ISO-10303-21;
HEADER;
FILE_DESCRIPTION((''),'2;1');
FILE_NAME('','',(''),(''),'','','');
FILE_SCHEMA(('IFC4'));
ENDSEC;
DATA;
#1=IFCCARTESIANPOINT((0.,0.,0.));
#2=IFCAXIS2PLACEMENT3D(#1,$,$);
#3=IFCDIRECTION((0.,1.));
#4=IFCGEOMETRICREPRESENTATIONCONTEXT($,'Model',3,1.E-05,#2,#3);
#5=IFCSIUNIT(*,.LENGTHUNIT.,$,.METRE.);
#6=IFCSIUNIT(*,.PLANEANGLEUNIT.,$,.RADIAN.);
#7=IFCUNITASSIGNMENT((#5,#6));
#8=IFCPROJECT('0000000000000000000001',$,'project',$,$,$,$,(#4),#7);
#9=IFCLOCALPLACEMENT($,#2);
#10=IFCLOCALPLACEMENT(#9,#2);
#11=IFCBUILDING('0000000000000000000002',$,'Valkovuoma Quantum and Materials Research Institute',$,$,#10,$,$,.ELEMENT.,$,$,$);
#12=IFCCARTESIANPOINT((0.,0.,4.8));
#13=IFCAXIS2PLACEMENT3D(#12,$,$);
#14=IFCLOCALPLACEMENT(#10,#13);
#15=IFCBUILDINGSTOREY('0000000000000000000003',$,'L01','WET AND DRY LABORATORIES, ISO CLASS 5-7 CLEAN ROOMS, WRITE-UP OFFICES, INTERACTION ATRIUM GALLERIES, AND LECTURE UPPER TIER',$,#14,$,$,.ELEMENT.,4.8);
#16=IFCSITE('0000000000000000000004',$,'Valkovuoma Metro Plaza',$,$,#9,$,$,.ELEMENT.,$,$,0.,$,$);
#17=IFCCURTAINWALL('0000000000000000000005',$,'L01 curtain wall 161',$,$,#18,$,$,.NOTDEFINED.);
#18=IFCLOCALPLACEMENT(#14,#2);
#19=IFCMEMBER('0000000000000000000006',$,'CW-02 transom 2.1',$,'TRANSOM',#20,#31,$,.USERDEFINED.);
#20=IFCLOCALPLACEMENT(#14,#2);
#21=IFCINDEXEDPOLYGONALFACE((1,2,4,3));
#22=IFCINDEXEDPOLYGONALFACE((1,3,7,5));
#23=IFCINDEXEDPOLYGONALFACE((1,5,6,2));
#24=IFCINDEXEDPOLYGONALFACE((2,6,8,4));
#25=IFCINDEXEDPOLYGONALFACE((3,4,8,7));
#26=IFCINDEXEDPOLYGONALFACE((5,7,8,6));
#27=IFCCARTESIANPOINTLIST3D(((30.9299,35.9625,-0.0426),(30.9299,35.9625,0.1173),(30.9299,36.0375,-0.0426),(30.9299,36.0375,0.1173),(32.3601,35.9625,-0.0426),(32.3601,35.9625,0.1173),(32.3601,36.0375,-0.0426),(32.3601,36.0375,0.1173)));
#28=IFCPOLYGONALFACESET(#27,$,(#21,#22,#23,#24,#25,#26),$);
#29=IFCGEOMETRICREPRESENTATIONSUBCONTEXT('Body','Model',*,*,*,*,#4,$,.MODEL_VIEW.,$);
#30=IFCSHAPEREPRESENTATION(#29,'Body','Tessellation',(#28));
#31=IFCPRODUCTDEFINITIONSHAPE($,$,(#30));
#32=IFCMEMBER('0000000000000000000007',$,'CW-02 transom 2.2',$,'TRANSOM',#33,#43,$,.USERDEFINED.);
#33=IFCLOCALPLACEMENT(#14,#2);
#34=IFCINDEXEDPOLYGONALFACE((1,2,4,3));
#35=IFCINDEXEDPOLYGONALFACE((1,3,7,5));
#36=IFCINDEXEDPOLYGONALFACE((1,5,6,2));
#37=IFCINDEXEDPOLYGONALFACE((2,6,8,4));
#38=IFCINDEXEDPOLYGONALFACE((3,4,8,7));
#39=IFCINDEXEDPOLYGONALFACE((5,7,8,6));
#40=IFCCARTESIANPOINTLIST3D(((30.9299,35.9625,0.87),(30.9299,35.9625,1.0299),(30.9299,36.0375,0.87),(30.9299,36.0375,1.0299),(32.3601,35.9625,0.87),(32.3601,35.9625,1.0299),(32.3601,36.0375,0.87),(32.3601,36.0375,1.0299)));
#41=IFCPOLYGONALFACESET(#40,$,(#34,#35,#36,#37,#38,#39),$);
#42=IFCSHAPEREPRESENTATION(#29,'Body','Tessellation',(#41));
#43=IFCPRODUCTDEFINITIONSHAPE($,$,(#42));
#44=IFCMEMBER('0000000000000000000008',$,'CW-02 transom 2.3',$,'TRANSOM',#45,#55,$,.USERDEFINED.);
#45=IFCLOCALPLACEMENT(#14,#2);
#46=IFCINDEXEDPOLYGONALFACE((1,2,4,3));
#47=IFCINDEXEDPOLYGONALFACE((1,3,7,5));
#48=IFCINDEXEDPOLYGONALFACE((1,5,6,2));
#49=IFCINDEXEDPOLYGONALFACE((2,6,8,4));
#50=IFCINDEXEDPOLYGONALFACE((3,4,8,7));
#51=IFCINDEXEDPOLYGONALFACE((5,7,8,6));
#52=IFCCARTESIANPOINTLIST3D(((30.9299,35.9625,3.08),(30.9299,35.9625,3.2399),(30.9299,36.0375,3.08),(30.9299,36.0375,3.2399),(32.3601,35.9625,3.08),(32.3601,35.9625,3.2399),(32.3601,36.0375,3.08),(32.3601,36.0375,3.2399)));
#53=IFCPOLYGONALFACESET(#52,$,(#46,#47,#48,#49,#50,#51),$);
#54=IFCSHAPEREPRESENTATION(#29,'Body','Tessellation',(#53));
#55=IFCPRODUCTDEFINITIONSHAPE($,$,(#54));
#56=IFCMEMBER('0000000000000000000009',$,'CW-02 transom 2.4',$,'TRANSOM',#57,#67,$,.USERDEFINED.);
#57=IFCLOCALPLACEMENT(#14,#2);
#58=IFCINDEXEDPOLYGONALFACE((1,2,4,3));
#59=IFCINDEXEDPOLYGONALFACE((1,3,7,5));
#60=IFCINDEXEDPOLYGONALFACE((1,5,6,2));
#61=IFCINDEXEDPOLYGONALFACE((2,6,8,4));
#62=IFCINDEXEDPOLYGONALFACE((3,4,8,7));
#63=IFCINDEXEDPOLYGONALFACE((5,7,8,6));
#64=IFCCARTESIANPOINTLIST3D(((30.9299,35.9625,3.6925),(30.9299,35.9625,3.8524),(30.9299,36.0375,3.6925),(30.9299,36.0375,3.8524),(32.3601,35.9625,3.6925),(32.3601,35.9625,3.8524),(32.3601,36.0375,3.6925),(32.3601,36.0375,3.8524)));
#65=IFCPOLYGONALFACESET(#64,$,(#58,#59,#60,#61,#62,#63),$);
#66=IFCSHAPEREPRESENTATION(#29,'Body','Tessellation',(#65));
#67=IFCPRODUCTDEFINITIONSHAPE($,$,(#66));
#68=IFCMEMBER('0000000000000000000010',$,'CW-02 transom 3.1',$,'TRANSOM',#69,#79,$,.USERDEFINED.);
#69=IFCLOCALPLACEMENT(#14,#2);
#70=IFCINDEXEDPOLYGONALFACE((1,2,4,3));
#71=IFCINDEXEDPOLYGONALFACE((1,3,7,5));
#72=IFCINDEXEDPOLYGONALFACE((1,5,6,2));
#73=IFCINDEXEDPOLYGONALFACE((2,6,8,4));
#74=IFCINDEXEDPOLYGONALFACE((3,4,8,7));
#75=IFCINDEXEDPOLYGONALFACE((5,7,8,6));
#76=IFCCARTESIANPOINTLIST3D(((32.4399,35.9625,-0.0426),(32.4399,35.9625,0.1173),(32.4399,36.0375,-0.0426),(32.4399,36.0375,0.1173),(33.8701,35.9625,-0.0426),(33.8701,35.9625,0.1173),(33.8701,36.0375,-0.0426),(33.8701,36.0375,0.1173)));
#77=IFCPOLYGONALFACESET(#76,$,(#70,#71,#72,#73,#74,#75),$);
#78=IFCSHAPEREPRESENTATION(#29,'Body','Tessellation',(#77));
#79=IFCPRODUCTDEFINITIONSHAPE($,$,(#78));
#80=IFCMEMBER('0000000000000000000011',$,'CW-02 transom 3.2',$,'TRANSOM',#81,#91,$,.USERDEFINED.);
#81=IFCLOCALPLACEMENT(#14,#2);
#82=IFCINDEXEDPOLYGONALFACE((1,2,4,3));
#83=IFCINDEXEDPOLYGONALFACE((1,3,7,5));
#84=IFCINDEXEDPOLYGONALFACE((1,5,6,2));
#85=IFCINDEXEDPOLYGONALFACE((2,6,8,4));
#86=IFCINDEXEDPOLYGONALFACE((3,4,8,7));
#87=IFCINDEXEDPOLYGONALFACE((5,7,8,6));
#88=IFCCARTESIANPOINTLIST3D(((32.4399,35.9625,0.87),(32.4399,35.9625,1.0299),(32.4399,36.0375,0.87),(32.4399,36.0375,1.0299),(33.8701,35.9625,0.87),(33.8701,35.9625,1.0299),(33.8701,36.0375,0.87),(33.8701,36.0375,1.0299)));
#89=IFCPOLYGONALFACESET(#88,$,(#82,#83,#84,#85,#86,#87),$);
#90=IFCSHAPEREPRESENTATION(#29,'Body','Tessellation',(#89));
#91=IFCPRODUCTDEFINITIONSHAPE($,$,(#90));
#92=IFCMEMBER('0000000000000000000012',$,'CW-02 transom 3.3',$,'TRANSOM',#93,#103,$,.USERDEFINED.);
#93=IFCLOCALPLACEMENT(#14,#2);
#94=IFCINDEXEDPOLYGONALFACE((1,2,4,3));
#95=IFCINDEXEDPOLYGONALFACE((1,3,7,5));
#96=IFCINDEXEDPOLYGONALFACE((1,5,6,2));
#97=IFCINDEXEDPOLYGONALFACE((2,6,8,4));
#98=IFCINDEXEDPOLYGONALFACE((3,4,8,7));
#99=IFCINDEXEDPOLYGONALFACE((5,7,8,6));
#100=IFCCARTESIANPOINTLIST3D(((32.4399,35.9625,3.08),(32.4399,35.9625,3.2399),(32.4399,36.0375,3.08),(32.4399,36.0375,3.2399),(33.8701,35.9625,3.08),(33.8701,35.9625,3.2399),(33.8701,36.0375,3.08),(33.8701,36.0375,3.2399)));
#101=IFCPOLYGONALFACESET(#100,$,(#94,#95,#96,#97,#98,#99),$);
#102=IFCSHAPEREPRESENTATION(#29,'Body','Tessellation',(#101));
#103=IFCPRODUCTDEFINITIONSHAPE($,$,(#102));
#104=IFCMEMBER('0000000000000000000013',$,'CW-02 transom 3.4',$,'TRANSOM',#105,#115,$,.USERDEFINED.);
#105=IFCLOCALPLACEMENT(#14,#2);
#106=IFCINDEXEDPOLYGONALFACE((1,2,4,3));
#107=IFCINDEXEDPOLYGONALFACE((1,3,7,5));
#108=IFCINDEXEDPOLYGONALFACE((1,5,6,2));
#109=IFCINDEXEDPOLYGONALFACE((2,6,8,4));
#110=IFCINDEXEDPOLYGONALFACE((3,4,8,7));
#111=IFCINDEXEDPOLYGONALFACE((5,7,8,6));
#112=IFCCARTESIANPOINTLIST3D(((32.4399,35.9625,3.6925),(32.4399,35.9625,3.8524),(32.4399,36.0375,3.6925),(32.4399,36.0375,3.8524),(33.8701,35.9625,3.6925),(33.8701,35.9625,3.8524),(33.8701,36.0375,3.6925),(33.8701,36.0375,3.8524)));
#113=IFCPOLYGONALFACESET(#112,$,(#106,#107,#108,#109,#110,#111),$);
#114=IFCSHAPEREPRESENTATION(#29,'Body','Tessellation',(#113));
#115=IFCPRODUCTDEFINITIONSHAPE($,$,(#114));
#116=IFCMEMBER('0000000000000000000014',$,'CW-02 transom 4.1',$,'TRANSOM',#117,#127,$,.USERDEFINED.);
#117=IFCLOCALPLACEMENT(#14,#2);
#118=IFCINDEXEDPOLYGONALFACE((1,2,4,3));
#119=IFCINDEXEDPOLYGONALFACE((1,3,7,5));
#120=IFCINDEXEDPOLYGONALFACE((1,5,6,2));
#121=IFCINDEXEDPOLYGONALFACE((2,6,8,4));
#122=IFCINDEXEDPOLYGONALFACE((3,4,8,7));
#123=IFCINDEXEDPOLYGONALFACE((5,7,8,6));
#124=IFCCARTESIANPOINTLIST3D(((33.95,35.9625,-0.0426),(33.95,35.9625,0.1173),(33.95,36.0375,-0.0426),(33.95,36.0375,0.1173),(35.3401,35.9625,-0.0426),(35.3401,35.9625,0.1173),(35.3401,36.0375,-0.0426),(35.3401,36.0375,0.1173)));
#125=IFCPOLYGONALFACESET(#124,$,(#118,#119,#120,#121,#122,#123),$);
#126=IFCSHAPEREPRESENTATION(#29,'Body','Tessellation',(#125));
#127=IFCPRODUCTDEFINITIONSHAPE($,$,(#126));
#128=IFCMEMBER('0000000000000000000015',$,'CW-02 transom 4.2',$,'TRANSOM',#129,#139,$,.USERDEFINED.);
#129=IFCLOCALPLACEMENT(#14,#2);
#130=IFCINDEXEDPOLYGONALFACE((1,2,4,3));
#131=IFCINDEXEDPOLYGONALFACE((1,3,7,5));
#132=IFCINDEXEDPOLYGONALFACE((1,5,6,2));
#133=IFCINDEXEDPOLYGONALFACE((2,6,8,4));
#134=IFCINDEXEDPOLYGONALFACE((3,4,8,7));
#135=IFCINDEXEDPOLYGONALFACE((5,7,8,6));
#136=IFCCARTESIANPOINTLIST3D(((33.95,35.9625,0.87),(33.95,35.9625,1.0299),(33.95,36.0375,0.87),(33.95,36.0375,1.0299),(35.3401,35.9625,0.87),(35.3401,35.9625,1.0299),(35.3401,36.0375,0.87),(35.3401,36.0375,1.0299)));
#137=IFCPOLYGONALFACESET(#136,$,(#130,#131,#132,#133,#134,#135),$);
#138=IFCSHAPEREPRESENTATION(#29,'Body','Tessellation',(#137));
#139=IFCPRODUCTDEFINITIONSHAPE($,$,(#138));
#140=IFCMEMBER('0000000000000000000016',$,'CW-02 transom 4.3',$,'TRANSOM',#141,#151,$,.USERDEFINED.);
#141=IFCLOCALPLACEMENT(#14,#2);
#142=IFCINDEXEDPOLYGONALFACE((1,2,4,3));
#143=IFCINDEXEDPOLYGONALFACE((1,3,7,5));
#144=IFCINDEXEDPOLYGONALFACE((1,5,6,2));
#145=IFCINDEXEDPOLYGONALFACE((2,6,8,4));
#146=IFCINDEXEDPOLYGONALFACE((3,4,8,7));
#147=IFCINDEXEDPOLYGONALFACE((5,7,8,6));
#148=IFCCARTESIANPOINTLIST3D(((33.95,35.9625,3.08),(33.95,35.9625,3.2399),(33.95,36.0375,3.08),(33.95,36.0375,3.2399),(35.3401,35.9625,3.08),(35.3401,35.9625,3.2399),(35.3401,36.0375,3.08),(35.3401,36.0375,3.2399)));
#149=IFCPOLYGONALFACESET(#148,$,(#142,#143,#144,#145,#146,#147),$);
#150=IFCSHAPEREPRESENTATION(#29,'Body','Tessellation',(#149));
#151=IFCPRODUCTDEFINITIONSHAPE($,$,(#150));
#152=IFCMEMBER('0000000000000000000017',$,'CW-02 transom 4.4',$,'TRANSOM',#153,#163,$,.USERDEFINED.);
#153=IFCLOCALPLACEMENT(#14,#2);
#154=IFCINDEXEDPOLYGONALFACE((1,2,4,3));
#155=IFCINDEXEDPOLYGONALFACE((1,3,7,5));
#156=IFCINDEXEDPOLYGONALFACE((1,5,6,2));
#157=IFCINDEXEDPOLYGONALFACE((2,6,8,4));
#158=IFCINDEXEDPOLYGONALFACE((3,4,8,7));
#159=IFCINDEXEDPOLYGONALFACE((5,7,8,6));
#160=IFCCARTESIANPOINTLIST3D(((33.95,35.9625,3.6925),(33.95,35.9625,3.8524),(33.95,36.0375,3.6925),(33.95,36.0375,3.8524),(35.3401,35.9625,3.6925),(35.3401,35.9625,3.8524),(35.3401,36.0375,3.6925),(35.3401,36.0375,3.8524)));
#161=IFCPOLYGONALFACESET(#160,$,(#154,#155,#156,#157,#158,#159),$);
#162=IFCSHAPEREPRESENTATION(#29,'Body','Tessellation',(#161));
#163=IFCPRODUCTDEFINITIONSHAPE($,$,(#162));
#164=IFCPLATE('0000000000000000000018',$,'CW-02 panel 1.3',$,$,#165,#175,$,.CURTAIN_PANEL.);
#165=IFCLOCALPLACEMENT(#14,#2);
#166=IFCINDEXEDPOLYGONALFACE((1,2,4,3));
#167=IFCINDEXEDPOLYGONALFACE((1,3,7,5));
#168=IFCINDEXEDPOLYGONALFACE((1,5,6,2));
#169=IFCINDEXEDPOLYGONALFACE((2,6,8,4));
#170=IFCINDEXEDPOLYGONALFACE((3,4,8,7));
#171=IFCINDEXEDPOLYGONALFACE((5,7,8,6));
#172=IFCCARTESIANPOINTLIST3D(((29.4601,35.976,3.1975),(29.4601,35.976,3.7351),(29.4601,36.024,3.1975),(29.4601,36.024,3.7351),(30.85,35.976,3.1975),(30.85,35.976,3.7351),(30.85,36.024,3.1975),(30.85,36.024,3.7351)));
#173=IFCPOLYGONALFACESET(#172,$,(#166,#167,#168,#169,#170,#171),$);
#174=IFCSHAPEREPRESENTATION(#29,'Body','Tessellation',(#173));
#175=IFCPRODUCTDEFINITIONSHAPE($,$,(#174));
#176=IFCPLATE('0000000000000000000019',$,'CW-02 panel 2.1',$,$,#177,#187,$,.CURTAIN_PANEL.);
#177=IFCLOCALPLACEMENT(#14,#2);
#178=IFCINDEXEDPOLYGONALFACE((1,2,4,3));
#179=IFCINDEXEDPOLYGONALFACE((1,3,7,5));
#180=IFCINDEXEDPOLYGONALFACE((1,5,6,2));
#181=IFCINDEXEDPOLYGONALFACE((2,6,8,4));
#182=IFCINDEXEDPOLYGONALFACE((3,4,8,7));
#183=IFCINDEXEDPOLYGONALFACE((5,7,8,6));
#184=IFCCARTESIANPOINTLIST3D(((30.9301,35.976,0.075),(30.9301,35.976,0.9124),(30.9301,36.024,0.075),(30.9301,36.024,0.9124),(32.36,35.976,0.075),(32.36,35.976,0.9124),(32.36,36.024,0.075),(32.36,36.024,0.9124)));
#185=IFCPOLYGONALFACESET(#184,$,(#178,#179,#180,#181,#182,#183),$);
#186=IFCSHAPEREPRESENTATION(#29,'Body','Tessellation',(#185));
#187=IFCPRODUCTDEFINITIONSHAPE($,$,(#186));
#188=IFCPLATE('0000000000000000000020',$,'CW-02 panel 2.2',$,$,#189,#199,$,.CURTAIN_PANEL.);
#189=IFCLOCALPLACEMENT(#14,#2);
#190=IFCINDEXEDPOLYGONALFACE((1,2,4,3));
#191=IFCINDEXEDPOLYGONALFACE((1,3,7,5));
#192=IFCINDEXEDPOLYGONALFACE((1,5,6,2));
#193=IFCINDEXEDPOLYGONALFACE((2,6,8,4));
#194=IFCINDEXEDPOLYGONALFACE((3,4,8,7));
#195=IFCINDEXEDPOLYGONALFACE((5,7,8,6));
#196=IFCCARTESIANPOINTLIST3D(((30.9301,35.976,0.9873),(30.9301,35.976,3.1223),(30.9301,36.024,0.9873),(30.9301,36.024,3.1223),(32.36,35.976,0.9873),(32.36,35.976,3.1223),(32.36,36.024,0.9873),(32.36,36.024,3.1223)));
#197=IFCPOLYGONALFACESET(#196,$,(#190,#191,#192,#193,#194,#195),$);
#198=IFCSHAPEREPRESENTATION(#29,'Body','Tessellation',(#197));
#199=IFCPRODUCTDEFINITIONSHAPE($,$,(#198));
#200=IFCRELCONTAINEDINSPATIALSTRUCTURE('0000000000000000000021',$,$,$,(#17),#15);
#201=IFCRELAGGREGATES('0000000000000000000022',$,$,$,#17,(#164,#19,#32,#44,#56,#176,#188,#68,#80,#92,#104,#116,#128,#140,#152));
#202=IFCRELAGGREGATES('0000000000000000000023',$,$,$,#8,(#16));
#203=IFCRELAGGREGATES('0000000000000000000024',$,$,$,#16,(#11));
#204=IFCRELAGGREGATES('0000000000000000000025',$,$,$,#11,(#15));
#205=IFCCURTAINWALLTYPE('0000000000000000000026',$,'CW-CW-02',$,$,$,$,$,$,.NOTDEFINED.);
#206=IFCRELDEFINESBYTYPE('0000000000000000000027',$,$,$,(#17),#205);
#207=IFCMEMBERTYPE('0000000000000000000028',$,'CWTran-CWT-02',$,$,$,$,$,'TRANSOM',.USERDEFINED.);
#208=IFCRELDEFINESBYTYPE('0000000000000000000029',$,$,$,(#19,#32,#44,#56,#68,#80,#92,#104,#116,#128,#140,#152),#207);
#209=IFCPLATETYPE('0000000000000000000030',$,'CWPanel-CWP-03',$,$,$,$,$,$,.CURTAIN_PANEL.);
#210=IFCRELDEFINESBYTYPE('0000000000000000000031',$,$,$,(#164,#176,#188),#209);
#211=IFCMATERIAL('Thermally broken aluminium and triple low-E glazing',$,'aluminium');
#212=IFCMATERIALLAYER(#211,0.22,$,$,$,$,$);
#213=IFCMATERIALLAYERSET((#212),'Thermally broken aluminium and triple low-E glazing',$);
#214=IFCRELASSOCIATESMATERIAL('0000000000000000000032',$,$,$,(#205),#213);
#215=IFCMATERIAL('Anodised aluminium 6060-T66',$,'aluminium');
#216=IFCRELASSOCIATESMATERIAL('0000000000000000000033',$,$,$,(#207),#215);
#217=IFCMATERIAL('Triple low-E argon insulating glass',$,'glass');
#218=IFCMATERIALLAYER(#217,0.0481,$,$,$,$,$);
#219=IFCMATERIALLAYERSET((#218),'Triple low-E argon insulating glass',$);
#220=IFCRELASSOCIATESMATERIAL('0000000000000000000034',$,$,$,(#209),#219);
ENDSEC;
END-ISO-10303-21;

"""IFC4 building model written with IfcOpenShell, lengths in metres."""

from ifc_helpers import new_model, si_unit, direction, frame, origin, origin_2d, place, context, subcontext, project, spatial, rectangle, extrude, material, layer, layer_set, material_profile, profile_set, type_object, element, aggregate, save


model = new_model("IFC4")

# Units and contexts
model_context = context("Model", 3, precision=1e-05, world=origin(), true_north=direction((0.0, 1.0)))
body_context = subcontext(model_context, "Body", "Model", "MODEL_VIEW")
ifc_project = project(units=[si_unit("LENGTHUNIT", "METRE"), si_unit("PLANEANGLEUNIT", "RADIAN")], contexts=[model_context])

# Site, building, storey
site_placement = place(None, origin())
site = spatial("IfcSite", under=ifc_project, at=site_placement, Name="Valkovuoma Metro Plaza", CompositionType="ELEMENT", RefElevation=0.0)
building_placement = place(site_placement, origin())
building = spatial("IfcBuilding", under=site, at=building_placement, Name="Valkovuoma Quantum and Materials Research Institute", CompositionType="ELEMENT")
storey_placement = place(building_placement, frame((0.0, 0.0, 4.8)))
storey = spatial("IfcBuildingStorey", under=building, at=storey_placement, Name="L01", Description="WET AND DRY LABORATORIES, ISO CLASS 5-7 CLEAN ROOMS, WRITE-UP OFFICES, INTERACTION ATRIUM GALLERIES, AND LECTURE UPPER TIER", CompositionType="ELEMENT", Elevation=4.8)

# Curtain wall
ifc_material_1 = material(Name="Thermally broken aluminium and triple low-E glazing", Category="aluminium")
ifc_layer_1 = layer(ifc_material_1, 0.22)
ifc_layer_set_1 = layer_set([ifc_layer_1], Name="Thermally broken aluminium and triple low-E glazing")
curtain_wall_type = type_object("IfcCurtainWallType", Name="CW-CW-02", PredefinedType="NOTDEFINED", material=ifc_layer_set_1)
curtain_wall_1_placement = place(storey_placement, origin())
curtain_wall_1 = element("IfcCurtainWall", 1, at=curtain_wall_1_placement, inside=storey, type_object=curtain_wall_type, Name="L01 curtain wall 161", PredefinedType="NOTDEFINED")

# Members
ifc_material_2 = material(Name="Anodised aluminium 6060-T66", Category="aluminium")
ifc_material_profile_1 = material_profile(ifc_material_2, rectangle(XDim=0.075, YDim=0.1599, at=origin_2d()), Name="Anodised aluminium 6060-T66")
ifc_profile_set_1 = profile_set([ifc_material_profile_1], Name="Anodised aluminium 6060-T66")
member_type_1 = type_object("IfcMemberType", Name="CWTran-CWT-02", ElementType="TRANSOM", PredefinedType="USERDEFINED", material=ifc_profile_set_1)
member_1_placement = place(storey_placement, frame((30.9299, 36.0, 0.0374), z_axis=(1.0, 0.0, 0.0), x_axis=(0.0, 1.0, 0.0)))
member_1 = element("IfcMember", 2, at=member_1_placement, type_object=member_type_1, Name="CW-02 transom 2.1", ObjectType="TRANSOM", PredefinedType="USERDEFINED", context=body_context, shape_type="SweptSolid", body=[
    extrude(rectangle(XDim=0.075, YDim=0.1599, at=origin_2d()), origin(), (0.0, 0.0, 1.0), 1.4302),
])
member_2_placement = place(storey_placement, frame((30.9299, 36.0, 0.95), z_axis=(1.0, 0.0, 0.0), x_axis=(0.0, 1.0, 0.0)))
member_2 = element("IfcMember", 3, at=member_2_placement, type_object=member_type_1, Name="CW-02 transom 2.2", ObjectType="TRANSOM", PredefinedType="USERDEFINED", context=body_context, shape_type="SweptSolid", body=[
    extrude(rectangle(XDim=0.075, YDim=0.1599, at=origin_2d()), origin(), (0.0, 0.0, 1.0), 1.4302),
])
member_3_placement = place(storey_placement, frame((30.9299, 36.0, 3.1599), z_axis=(1.0, 0.0, 0.0), x_axis=(0.0, 1.0, 0.0)))
member_3 = element("IfcMember", 4, at=member_3_placement, type_object=member_type_1, Name="CW-02 transom 2.3", ObjectType="TRANSOM", PredefinedType="USERDEFINED", context=body_context, shape_type="SweptSolid", body=[
    extrude(rectangle(XDim=0.075, YDim=0.1599, at=origin_2d()), origin(), (0.0, 0.0, 1.0), 1.4302),
])
member_4_placement = place(storey_placement, frame((30.9299, 36.0, 3.7725), z_axis=(1.0, 0.0, 0.0), x_axis=(0.0, 1.0, 0.0)))
member_4 = element("IfcMember", 5, at=member_4_placement, type_object=member_type_1, Name="CW-02 transom 2.4", ObjectType="TRANSOM", PredefinedType="USERDEFINED", context=body_context, shape_type="SweptSolid", body=[
    extrude(rectangle(XDim=0.075, YDim=0.1599, at=origin_2d()), origin(), (0.0, 0.0, 1.0), 1.4302),
])
member_5_placement = place(storey_placement, frame((32.4399, 36.0, 0.0374), z_axis=(1.0, 0.0, 0.0), x_axis=(0.0, 1.0, 0.0)))
member_5 = element("IfcMember", 6, at=member_5_placement, type_object=member_type_1, Name="CW-02 transom 3.1", ObjectType="TRANSOM", PredefinedType="USERDEFINED", context=body_context, shape_type="SweptSolid", body=[
    extrude(rectangle(XDim=0.075, YDim=0.1599, at=origin_2d()), origin(), (0.0, 0.0, 1.0), 1.4302),
])
member_6_placement = place(storey_placement, frame((32.4399, 36.0, 0.95), z_axis=(1.0, 0.0, 0.0), x_axis=(0.0, 1.0, 0.0)))
member_6 = element("IfcMember", 7, at=member_6_placement, type_object=member_type_1, Name="CW-02 transom 3.2", ObjectType="TRANSOM", PredefinedType="USERDEFINED", context=body_context, shape_type="SweptSolid", body=[
    extrude(rectangle(XDim=0.075, YDim=0.1599, at=origin_2d()), origin(), (0.0, 0.0, 1.0), 1.4302),
])
member_7_placement = place(storey_placement, frame((32.4399, 36.0, 3.1599), z_axis=(1.0, 0.0, 0.0), x_axis=(0.0, 1.0, 0.0)))
member_7 = element("IfcMember", 8, at=member_7_placement, type_object=member_type_1, Name="CW-02 transom 3.3", ObjectType="TRANSOM", PredefinedType="USERDEFINED", context=body_context, shape_type="SweptSolid", body=[
    extrude(rectangle(XDim=0.075, YDim=0.1599, at=origin_2d()), origin(), (0.0, 0.0, 1.0), 1.4302),
])
member_8_placement = place(storey_placement, frame((32.4399, 36.0, 3.7725), z_axis=(1.0, 0.0, 0.0), x_axis=(0.0, 1.0, 0.0)))
member_8 = element("IfcMember", 9, at=member_8_placement, type_object=member_type_1, Name="CW-02 transom 3.4", ObjectType="TRANSOM", PredefinedType="USERDEFINED", context=body_context, shape_type="SweptSolid", body=[
    extrude(rectangle(XDim=0.075, YDim=0.1599, at=origin_2d()), origin(), (0.0, 0.0, 1.0), 1.4302),
])
member_9_placement = place(storey_placement, frame((33.95, 36.0, 0.0374), z_axis=(1.0, 0.0, 0.0), x_axis=(0.0, 1.0, 0.0)))
member_9 = element("IfcMember", 10, at=member_9_placement, type_object=member_type_1, Name="CW-02 transom 4.1", ObjectType="TRANSOM", PredefinedType="USERDEFINED", context=body_context, shape_type="SweptSolid", body=[
    extrude(rectangle(XDim=0.075, YDim=0.1599, at=origin_2d()), origin(), (0.0, 0.0, 1.0), 1.3901),
])
member_10_placement = place(storey_placement, frame((33.95, 36.0, 0.95), z_axis=(1.0, 0.0, 0.0), x_axis=(0.0, 1.0, 0.0)))
member_10 = element("IfcMember", 11, at=member_10_placement, type_object=member_type_1, Name="CW-02 transom 4.2", ObjectType="TRANSOM", PredefinedType="USERDEFINED", context=body_context, shape_type="SweptSolid", body=[
    extrude(rectangle(XDim=0.075, YDim=0.1599, at=origin_2d()), origin(), (0.0, 0.0, 1.0), 1.3901),
])
member_11_placement = place(storey_placement, frame((33.95, 36.0, 3.1599), z_axis=(1.0, 0.0, 0.0), x_axis=(0.0, 1.0, 0.0)))
member_11 = element("IfcMember", 12, at=member_11_placement, type_object=member_type_1, Name="CW-02 transom 4.3", ObjectType="TRANSOM", PredefinedType="USERDEFINED", context=body_context, shape_type="SweptSolid", body=[
    extrude(rectangle(XDim=0.075, YDim=0.1599, at=origin_2d()), origin(), (0.0, 0.0, 1.0), 1.3901),
])
member_12_placement = place(storey_placement, frame((33.95, 36.0, 3.7725), z_axis=(1.0, 0.0, 0.0), x_axis=(0.0, 1.0, 0.0)))
member_12 = element("IfcMember", 13, at=member_12_placement, type_object=member_type_1, Name="CW-02 transom 4.4", ObjectType="TRANSOM", PredefinedType="USERDEFINED", context=body_context, shape_type="SweptSolid", body=[
    extrude(rectangle(XDim=0.075, YDim=0.1599, at=origin_2d()), origin(), (0.0, 0.0, 1.0), 1.3901),
])

# Plates
ifc_material_3 = material(Name="Triple low-E argon insulating glass", Category="glass")
ifc_layer_2 = layer(ifc_material_3, 0.0481)
ifc_layer_set_2 = layer_set([ifc_layer_2], Name="Triple low-E argon insulating glass")
plate_type = type_object("IfcPlateType", Name="CWPanel-CWP-03", PredefinedType="CURTAIN_PANEL", material=ifc_layer_set_2)
plate_1_placement = place(storey_placement, frame((30.155, 36.0, 3.1975), z_axis=(0.0, 0.0, 1.0), x_axis=(1.0, 0.0, 0.0)))
plate_1 = element("IfcPlate", 14, at=plate_1_placement, type_object=plate_type, Name="CW-02 panel 1.3", PredefinedType="CURTAIN_PANEL", context=body_context, shape_type="SweptSolid", body=[
    extrude(rectangle(XDim=1.3899, YDim=0.0481, at=origin_2d()), origin(), (0.0, 0.0, 1.0), 0.5376),
])
plate_2_placement = place(storey_placement, frame((31.645, 36.0, 0.075), z_axis=(0.0, 0.0, 1.0), x_axis=(1.0, 0.0, 0.0)))
plate_2 = element("IfcPlate", 15, at=plate_2_placement, type_object=plate_type, Name="CW-02 panel 2.1", PredefinedType="CURTAIN_PANEL", context=body_context, shape_type="SweptSolid", body=[
    extrude(rectangle(XDim=1.4299, YDim=0.0481, at=origin_2d()), origin(), (0.0, 0.0, 1.0), 0.8374),
])
plate_3_placement = place(storey_placement, frame((31.645, 36.0, 0.9873), z_axis=(0.0, 0.0, 1.0), x_axis=(1.0, 0.0, 0.0)))
plate_3 = element("IfcPlate", 16, at=plate_3_placement, type_object=plate_type, Name="CW-02 panel 2.2", PredefinedType="CURTAIN_PANEL", context=body_context, shape_type="SweptSolid", body=[
    extrude(rectangle(XDim=1.4299, YDim=0.0481, at=origin_2d()), origin(), (0.0, 0.0, 1.0), 2.135),
])
aggregate(curtain_wall_1, [plate_1, member_1, member_2, member_3, member_4, plate_2, plate_3, member_5, member_6, member_7, member_8, member_9, member_10, member_11, member_12])

save(model, "model.ifc")
